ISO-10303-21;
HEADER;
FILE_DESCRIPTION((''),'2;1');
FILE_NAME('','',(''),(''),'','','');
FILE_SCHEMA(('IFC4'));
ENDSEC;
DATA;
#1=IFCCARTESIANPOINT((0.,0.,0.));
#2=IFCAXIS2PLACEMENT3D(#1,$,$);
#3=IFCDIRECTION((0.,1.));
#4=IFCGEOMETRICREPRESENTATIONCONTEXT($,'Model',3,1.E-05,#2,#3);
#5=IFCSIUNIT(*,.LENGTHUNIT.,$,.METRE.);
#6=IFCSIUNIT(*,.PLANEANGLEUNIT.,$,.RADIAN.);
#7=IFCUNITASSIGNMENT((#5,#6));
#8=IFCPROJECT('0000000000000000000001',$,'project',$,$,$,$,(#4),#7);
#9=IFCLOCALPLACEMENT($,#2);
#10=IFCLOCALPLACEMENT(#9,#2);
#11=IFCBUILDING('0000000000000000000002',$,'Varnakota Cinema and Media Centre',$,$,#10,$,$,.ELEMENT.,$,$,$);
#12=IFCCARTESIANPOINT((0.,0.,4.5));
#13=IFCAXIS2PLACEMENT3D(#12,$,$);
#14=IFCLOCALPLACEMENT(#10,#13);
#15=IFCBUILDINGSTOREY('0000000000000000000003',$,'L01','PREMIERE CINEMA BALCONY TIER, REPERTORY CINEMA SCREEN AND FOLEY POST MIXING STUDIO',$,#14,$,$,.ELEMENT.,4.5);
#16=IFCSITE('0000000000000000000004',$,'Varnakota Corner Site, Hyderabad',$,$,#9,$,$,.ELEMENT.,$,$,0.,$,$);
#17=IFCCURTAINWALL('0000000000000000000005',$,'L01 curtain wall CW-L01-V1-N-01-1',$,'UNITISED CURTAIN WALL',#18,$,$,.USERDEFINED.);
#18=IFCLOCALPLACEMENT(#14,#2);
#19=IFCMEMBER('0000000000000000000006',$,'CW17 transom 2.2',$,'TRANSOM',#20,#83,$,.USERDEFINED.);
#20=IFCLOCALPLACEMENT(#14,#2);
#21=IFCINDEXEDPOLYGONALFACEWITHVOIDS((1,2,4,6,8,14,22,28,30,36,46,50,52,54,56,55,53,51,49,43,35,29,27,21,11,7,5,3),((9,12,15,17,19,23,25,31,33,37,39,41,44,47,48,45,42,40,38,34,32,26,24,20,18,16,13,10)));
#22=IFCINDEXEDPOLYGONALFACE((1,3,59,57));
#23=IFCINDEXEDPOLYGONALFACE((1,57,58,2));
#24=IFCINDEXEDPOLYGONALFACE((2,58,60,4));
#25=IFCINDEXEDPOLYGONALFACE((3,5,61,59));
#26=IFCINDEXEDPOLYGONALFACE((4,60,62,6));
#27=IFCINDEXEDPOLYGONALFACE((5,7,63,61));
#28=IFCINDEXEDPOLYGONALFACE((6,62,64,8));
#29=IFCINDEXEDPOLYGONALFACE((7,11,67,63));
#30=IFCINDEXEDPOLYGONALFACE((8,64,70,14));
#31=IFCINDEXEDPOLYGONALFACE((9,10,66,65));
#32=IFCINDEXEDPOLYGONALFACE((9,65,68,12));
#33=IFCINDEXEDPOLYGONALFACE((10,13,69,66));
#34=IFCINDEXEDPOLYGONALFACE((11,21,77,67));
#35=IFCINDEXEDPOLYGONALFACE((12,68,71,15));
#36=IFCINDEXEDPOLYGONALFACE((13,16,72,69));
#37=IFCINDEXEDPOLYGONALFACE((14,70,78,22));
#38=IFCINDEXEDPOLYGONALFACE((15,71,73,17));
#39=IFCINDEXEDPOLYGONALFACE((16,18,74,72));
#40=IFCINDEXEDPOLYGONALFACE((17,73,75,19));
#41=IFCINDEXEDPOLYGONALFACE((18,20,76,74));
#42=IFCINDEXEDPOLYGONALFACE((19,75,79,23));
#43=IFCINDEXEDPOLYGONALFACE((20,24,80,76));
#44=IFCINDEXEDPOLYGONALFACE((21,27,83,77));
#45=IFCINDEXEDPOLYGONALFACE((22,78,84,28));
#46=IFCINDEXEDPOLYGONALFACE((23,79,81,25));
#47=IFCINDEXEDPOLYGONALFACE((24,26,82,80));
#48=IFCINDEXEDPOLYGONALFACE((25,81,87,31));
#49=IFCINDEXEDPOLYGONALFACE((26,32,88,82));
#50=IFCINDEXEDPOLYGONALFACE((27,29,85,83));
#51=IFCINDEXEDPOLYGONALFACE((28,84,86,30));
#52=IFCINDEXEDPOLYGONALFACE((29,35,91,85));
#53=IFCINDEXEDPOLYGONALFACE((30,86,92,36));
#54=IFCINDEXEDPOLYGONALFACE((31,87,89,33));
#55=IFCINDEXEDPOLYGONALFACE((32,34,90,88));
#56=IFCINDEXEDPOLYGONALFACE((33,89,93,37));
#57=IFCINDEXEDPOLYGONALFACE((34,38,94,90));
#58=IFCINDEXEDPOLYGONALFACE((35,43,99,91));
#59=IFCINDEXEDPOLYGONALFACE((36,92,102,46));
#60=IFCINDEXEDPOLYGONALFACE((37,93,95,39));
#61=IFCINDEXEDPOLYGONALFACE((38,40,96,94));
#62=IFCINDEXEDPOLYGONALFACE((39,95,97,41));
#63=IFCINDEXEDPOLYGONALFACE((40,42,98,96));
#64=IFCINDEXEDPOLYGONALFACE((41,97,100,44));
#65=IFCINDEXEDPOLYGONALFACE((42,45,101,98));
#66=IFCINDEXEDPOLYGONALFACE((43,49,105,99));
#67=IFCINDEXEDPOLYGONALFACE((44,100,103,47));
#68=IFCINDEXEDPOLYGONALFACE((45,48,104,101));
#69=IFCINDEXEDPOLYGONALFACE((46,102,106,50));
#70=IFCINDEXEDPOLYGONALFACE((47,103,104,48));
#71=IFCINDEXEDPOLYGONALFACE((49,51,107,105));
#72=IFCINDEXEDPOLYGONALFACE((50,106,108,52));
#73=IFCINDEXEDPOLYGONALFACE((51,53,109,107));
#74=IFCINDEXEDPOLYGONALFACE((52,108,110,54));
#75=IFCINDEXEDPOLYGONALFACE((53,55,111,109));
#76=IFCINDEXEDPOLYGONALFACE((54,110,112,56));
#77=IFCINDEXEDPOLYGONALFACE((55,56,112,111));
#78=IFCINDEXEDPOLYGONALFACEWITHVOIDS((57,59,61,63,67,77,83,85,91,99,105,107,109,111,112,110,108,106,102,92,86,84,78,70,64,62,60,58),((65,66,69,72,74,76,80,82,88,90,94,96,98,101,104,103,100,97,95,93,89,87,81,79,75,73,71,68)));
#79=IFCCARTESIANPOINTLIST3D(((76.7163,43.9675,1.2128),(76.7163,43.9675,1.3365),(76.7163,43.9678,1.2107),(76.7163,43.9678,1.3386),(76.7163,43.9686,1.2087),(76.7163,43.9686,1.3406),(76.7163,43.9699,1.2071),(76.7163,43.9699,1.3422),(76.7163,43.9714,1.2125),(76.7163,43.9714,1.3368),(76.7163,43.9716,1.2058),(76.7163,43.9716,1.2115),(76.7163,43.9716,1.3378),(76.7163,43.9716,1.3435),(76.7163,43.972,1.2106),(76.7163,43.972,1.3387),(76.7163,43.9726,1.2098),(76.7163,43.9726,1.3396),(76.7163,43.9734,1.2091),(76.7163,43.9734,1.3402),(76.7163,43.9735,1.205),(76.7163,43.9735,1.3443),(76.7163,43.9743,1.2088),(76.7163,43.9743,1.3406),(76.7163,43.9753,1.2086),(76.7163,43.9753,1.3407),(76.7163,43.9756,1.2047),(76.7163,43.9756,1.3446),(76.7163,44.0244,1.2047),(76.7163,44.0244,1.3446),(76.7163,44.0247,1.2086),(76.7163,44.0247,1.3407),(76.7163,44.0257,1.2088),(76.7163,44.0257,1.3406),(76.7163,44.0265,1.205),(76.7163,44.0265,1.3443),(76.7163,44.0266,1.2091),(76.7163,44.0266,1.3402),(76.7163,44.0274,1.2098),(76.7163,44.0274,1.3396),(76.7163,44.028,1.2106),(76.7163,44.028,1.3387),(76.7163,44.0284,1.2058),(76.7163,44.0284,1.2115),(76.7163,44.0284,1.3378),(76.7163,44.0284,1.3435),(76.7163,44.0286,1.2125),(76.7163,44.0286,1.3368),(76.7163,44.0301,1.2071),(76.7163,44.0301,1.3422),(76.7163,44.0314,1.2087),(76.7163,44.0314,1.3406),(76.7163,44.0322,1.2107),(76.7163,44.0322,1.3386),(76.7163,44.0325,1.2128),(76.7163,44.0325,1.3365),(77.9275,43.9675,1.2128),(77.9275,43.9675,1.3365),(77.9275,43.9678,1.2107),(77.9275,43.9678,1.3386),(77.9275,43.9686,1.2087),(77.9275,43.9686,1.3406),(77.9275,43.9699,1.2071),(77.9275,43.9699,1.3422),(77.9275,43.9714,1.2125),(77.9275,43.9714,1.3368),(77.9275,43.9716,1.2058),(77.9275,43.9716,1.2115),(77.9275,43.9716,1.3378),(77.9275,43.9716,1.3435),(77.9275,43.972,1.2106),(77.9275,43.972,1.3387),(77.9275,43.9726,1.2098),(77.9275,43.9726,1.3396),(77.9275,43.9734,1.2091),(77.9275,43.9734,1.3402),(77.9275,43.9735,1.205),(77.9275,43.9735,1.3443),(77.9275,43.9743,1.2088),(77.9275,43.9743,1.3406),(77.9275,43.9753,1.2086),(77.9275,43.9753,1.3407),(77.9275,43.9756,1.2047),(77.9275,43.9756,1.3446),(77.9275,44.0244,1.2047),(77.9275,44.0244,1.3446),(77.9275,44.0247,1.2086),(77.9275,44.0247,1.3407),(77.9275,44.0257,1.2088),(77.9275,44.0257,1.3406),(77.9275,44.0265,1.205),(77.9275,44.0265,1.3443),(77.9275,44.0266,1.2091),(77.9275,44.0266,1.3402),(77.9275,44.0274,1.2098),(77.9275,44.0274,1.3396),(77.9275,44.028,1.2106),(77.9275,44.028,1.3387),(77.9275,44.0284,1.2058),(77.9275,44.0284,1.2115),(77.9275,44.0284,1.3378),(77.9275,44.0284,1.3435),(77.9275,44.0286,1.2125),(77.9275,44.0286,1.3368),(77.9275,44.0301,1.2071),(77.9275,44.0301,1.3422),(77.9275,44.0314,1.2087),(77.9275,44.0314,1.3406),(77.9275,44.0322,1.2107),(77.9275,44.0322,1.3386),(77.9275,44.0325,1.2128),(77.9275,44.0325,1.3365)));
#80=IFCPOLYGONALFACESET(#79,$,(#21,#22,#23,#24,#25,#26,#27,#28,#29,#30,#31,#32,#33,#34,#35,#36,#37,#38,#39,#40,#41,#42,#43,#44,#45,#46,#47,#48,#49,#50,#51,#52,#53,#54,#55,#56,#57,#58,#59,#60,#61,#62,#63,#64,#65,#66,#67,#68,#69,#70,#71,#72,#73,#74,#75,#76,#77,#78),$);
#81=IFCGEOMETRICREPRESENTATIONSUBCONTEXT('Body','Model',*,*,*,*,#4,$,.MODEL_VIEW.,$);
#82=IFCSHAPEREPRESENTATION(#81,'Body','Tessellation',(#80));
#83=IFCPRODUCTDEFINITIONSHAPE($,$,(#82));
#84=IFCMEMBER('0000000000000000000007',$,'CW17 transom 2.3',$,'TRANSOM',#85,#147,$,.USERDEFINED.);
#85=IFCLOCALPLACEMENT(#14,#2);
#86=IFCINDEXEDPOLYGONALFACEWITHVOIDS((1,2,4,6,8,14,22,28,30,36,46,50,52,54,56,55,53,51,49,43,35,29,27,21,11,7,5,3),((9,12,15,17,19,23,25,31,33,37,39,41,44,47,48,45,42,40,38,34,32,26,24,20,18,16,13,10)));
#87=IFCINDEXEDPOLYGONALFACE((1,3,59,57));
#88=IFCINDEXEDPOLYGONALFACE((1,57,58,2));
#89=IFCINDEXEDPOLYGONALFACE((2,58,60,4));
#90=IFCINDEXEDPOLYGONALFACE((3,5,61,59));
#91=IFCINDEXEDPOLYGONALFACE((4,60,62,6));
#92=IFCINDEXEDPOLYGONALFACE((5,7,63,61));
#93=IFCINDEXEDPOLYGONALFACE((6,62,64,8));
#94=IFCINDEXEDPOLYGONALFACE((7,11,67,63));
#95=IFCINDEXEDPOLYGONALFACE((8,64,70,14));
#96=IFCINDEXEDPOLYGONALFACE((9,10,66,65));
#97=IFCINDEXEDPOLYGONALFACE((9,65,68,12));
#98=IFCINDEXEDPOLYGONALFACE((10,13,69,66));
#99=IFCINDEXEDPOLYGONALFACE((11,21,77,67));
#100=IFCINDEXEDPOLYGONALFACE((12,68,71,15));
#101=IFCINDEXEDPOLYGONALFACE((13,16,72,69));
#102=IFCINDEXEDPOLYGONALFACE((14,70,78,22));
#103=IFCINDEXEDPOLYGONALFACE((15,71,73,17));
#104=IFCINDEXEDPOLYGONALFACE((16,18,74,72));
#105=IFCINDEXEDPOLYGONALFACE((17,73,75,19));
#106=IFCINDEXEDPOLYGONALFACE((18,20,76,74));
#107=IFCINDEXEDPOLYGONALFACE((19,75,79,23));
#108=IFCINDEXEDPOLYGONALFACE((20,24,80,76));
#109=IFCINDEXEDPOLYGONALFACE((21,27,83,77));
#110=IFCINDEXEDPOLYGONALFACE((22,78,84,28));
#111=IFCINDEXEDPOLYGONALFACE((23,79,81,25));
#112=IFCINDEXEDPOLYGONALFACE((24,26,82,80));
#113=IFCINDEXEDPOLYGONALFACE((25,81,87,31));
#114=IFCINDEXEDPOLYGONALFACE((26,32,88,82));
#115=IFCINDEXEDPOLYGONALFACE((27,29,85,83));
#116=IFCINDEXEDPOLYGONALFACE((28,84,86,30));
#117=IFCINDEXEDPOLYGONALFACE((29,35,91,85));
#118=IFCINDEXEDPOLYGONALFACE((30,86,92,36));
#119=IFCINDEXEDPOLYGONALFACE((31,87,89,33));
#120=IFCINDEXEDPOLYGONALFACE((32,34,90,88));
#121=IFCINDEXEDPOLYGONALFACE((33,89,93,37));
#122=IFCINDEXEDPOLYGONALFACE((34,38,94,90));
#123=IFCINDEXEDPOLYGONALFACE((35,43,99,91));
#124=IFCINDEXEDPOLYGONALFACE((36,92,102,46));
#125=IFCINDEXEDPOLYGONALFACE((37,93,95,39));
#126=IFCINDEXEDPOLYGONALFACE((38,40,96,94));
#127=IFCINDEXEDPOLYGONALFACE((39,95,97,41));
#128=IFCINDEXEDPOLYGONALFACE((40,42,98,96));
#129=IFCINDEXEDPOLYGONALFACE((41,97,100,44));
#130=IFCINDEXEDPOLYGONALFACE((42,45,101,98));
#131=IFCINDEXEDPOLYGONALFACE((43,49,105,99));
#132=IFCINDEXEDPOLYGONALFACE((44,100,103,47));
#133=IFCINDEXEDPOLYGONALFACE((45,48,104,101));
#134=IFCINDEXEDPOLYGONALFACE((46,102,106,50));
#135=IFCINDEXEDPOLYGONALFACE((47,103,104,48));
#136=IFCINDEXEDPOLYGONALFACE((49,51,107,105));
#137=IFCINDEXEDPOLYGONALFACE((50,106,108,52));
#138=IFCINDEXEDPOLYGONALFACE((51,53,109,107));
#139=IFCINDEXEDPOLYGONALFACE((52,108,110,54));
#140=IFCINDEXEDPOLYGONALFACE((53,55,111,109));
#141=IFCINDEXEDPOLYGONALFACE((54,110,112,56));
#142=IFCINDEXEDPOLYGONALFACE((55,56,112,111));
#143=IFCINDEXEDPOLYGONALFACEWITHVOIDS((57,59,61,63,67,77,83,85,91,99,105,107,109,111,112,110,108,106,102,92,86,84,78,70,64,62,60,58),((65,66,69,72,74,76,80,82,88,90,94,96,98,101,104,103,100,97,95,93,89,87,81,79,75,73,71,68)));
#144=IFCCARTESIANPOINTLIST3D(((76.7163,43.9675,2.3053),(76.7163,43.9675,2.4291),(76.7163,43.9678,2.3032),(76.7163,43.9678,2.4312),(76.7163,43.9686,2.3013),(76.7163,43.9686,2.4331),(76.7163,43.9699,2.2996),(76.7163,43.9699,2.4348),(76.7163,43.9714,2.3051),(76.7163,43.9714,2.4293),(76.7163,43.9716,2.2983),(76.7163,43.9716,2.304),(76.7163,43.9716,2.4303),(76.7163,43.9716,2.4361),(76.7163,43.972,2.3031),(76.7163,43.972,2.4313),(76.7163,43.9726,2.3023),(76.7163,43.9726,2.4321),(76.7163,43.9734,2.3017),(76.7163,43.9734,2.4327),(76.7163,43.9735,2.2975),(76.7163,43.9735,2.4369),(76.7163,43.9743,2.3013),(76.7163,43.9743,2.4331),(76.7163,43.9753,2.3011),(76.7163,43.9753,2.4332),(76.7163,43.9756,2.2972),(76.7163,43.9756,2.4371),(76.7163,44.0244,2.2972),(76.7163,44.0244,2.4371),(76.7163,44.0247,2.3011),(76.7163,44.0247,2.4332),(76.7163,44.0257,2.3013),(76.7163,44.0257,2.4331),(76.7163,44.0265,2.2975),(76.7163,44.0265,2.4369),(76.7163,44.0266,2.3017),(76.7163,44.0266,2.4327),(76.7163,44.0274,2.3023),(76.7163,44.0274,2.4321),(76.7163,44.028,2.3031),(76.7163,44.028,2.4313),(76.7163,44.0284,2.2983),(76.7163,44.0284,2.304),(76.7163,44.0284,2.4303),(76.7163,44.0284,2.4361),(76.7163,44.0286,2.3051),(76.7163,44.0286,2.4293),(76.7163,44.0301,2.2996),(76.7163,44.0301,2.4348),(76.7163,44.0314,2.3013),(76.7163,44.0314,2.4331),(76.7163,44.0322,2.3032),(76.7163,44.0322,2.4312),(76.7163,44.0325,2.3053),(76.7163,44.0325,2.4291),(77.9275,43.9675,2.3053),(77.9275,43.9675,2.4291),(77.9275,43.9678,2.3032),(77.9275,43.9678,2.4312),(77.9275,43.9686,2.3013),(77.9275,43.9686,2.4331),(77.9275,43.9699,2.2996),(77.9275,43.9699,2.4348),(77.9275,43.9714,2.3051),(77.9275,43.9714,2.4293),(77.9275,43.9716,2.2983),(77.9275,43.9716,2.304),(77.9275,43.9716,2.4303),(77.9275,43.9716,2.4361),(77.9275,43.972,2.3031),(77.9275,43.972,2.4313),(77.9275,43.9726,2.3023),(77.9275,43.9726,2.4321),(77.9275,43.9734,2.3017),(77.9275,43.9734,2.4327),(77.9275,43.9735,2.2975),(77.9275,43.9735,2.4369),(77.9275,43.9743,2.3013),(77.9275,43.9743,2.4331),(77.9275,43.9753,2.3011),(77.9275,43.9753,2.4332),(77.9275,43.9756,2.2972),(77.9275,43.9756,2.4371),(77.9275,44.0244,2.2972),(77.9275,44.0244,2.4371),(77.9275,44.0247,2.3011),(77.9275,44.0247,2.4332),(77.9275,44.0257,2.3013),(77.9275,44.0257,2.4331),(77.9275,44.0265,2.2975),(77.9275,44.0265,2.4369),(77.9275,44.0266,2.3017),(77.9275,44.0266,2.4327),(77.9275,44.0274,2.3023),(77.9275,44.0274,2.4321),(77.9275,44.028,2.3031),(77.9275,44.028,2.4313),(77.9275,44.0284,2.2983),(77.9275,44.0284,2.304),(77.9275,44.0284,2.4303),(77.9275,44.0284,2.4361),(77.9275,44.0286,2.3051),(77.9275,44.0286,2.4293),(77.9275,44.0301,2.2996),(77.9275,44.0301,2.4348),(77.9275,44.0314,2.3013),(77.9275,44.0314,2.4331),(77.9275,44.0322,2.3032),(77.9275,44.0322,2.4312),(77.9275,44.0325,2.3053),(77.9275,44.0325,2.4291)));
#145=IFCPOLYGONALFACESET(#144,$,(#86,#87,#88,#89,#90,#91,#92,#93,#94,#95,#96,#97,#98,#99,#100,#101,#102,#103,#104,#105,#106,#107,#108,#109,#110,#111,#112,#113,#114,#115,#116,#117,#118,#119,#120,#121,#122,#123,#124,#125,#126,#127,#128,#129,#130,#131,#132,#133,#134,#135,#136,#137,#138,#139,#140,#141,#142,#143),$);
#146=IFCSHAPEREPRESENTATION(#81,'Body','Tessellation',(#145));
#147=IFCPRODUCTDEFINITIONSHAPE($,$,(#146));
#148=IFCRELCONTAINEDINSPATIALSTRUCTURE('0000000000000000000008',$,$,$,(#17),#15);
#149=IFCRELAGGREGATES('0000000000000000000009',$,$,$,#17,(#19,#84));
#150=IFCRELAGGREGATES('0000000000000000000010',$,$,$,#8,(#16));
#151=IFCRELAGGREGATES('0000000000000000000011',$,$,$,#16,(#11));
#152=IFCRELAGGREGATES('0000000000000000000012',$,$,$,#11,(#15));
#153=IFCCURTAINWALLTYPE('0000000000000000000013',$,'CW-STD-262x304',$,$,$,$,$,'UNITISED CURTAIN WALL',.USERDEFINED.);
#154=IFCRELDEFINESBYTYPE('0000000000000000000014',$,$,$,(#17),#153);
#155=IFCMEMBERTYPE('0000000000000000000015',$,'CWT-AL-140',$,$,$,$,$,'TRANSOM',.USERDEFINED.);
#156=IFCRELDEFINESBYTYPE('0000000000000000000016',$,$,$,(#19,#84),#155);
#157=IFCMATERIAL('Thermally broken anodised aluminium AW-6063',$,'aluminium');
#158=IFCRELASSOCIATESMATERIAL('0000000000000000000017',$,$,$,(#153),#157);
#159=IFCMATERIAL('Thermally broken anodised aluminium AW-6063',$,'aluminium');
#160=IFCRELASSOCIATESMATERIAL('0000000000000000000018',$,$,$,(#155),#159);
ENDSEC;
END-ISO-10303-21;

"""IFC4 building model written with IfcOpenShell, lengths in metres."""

from ifc_helpers import new_model, si_unit, direction, frame, origin, origin_2d, place, context, subcontext, project, spatial, hollow_rectangle, extrude, material, material_profile, profile_set, type_object, element, aggregate, save


model = new_model("IFC4")

# Units and contexts
model_context = context("Model", 3, precision=1e-05, world=origin(), true_north=direction((0.0, 1.0)))
body_context = subcontext(model_context, "Body", "Model", "MODEL_VIEW")
ifc_project = project(units=[si_unit("LENGTHUNIT", "METRE"), si_unit("PLANEANGLEUNIT", "RADIAN")], contexts=[model_context])

# Site, building, storey
site_placement = place(None, origin())
site = spatial("IfcSite", under=ifc_project, at=site_placement, Name="Varnakota Corner Site, Hyderabad", CompositionType="ELEMENT", RefElevation=0.0)
building_placement = place(site_placement, origin())
building = spatial("IfcBuilding", under=site, at=building_placement, Name="Varnakota Cinema and Media Centre", CompositionType="ELEMENT")
storey_placement = place(building_placement, frame((0.0, 0.0, 4.5)))
storey = spatial("IfcBuildingStorey", under=building, at=storey_placement, Name="L01", Description="PREMIERE CINEMA BALCONY TIER, REPERTORY CINEMA SCREEN AND FOLEY POST MIXING STUDIO", CompositionType="ELEMENT", Elevation=4.5)

# Curtain wall
ifc_material_1 = material(Name="Thermally broken anodised aluminium AW-6063", Category="aluminium")
curtain_wall_type = type_object("IfcCurtainWallType", Name="CW-STD-262x304", ElementType="UNITISED CURTAIN WALL", PredefinedType="USERDEFINED", material=ifc_material_1)
curtain_wall_1_placement = place(storey_placement, origin())
curtain_wall_1 = element("IfcCurtainWall", 1, at=curtain_wall_1_placement, inside=storey, type_object=curtain_wall_type, Name="L01 curtain wall CW-L01-V1-N-01-1", ObjectType="UNITISED CURTAIN WALL", PredefinedType="USERDEFINED")

# Members
ifc_material_2 = material(Name="Thermally broken anodised aluminium AW-6063", Category="aluminium")
ifc_material_profile_1 = material_profile(ifc_material_2, hollow_rectangle(XDim=0.0649, YDim=0.1399, WallThickness=0.0039, InnerFilletRadius=0.0039, OuterFilletRadius=0.0081, at=origin_2d()), Name="AL-TRANSOM 140x65x4")
ifc_profile_set_1 = profile_set([ifc_material_profile_1], Name="Thermally broken anodised aluminium AW-6063")
member_type_1 = type_object("IfcMemberType", Name="CWT-AL-140", ElementType="TRANSOM", PredefinedType="USERDEFINED", material=ifc_profile_set_1)
member_1_placement = place(storey_placement, frame((76.7163, 44.0, 1.2747), z_axis=(1.0, 0.0, 0.0), x_axis=(0.0, 1.0, 0.0)))
member_1 = element("IfcMember", 2, at=member_1_placement, type_object=member_type_1, Name="CW17 transom 2.2", ObjectType="TRANSOM", PredefinedType="USERDEFINED", context=body_context, shape_type="SweptSolid", body=[
    extrude(hollow_rectangle(XDim=0.0649, YDim=0.1399, WallThickness=0.0039, InnerFilletRadius=0.0039, OuterFilletRadius=0.0081, at=origin_2d()), origin(), (0.0, 0.0, 1.0), 1.2112),
])
member_2_placement = place(storey_placement, frame((76.7163, 44.0, 2.3672), z_axis=(1.0, 0.0, 0.0), x_axis=(0.0, 1.0, 0.0)))
member_2 = element("IfcMember", 3, at=member_2_placement, type_object=member_type_1, Name="CW17 transom 2.3", ObjectType="TRANSOM", PredefinedType="USERDEFINED", context=body_context, shape_type="SweptSolid", body=[
    extrude(hollow_rectangle(XDim=0.0649, YDim=0.1399, WallThickness=0.0039, InnerFilletRadius=0.0039, OuterFilletRadius=0.0081, at=origin_2d()), origin(), (0.0, 0.0, 1.0), 1.2112),
])

aggregate(curtain_wall_1, [member_1, member_2])

save(model, "model.ifc")
